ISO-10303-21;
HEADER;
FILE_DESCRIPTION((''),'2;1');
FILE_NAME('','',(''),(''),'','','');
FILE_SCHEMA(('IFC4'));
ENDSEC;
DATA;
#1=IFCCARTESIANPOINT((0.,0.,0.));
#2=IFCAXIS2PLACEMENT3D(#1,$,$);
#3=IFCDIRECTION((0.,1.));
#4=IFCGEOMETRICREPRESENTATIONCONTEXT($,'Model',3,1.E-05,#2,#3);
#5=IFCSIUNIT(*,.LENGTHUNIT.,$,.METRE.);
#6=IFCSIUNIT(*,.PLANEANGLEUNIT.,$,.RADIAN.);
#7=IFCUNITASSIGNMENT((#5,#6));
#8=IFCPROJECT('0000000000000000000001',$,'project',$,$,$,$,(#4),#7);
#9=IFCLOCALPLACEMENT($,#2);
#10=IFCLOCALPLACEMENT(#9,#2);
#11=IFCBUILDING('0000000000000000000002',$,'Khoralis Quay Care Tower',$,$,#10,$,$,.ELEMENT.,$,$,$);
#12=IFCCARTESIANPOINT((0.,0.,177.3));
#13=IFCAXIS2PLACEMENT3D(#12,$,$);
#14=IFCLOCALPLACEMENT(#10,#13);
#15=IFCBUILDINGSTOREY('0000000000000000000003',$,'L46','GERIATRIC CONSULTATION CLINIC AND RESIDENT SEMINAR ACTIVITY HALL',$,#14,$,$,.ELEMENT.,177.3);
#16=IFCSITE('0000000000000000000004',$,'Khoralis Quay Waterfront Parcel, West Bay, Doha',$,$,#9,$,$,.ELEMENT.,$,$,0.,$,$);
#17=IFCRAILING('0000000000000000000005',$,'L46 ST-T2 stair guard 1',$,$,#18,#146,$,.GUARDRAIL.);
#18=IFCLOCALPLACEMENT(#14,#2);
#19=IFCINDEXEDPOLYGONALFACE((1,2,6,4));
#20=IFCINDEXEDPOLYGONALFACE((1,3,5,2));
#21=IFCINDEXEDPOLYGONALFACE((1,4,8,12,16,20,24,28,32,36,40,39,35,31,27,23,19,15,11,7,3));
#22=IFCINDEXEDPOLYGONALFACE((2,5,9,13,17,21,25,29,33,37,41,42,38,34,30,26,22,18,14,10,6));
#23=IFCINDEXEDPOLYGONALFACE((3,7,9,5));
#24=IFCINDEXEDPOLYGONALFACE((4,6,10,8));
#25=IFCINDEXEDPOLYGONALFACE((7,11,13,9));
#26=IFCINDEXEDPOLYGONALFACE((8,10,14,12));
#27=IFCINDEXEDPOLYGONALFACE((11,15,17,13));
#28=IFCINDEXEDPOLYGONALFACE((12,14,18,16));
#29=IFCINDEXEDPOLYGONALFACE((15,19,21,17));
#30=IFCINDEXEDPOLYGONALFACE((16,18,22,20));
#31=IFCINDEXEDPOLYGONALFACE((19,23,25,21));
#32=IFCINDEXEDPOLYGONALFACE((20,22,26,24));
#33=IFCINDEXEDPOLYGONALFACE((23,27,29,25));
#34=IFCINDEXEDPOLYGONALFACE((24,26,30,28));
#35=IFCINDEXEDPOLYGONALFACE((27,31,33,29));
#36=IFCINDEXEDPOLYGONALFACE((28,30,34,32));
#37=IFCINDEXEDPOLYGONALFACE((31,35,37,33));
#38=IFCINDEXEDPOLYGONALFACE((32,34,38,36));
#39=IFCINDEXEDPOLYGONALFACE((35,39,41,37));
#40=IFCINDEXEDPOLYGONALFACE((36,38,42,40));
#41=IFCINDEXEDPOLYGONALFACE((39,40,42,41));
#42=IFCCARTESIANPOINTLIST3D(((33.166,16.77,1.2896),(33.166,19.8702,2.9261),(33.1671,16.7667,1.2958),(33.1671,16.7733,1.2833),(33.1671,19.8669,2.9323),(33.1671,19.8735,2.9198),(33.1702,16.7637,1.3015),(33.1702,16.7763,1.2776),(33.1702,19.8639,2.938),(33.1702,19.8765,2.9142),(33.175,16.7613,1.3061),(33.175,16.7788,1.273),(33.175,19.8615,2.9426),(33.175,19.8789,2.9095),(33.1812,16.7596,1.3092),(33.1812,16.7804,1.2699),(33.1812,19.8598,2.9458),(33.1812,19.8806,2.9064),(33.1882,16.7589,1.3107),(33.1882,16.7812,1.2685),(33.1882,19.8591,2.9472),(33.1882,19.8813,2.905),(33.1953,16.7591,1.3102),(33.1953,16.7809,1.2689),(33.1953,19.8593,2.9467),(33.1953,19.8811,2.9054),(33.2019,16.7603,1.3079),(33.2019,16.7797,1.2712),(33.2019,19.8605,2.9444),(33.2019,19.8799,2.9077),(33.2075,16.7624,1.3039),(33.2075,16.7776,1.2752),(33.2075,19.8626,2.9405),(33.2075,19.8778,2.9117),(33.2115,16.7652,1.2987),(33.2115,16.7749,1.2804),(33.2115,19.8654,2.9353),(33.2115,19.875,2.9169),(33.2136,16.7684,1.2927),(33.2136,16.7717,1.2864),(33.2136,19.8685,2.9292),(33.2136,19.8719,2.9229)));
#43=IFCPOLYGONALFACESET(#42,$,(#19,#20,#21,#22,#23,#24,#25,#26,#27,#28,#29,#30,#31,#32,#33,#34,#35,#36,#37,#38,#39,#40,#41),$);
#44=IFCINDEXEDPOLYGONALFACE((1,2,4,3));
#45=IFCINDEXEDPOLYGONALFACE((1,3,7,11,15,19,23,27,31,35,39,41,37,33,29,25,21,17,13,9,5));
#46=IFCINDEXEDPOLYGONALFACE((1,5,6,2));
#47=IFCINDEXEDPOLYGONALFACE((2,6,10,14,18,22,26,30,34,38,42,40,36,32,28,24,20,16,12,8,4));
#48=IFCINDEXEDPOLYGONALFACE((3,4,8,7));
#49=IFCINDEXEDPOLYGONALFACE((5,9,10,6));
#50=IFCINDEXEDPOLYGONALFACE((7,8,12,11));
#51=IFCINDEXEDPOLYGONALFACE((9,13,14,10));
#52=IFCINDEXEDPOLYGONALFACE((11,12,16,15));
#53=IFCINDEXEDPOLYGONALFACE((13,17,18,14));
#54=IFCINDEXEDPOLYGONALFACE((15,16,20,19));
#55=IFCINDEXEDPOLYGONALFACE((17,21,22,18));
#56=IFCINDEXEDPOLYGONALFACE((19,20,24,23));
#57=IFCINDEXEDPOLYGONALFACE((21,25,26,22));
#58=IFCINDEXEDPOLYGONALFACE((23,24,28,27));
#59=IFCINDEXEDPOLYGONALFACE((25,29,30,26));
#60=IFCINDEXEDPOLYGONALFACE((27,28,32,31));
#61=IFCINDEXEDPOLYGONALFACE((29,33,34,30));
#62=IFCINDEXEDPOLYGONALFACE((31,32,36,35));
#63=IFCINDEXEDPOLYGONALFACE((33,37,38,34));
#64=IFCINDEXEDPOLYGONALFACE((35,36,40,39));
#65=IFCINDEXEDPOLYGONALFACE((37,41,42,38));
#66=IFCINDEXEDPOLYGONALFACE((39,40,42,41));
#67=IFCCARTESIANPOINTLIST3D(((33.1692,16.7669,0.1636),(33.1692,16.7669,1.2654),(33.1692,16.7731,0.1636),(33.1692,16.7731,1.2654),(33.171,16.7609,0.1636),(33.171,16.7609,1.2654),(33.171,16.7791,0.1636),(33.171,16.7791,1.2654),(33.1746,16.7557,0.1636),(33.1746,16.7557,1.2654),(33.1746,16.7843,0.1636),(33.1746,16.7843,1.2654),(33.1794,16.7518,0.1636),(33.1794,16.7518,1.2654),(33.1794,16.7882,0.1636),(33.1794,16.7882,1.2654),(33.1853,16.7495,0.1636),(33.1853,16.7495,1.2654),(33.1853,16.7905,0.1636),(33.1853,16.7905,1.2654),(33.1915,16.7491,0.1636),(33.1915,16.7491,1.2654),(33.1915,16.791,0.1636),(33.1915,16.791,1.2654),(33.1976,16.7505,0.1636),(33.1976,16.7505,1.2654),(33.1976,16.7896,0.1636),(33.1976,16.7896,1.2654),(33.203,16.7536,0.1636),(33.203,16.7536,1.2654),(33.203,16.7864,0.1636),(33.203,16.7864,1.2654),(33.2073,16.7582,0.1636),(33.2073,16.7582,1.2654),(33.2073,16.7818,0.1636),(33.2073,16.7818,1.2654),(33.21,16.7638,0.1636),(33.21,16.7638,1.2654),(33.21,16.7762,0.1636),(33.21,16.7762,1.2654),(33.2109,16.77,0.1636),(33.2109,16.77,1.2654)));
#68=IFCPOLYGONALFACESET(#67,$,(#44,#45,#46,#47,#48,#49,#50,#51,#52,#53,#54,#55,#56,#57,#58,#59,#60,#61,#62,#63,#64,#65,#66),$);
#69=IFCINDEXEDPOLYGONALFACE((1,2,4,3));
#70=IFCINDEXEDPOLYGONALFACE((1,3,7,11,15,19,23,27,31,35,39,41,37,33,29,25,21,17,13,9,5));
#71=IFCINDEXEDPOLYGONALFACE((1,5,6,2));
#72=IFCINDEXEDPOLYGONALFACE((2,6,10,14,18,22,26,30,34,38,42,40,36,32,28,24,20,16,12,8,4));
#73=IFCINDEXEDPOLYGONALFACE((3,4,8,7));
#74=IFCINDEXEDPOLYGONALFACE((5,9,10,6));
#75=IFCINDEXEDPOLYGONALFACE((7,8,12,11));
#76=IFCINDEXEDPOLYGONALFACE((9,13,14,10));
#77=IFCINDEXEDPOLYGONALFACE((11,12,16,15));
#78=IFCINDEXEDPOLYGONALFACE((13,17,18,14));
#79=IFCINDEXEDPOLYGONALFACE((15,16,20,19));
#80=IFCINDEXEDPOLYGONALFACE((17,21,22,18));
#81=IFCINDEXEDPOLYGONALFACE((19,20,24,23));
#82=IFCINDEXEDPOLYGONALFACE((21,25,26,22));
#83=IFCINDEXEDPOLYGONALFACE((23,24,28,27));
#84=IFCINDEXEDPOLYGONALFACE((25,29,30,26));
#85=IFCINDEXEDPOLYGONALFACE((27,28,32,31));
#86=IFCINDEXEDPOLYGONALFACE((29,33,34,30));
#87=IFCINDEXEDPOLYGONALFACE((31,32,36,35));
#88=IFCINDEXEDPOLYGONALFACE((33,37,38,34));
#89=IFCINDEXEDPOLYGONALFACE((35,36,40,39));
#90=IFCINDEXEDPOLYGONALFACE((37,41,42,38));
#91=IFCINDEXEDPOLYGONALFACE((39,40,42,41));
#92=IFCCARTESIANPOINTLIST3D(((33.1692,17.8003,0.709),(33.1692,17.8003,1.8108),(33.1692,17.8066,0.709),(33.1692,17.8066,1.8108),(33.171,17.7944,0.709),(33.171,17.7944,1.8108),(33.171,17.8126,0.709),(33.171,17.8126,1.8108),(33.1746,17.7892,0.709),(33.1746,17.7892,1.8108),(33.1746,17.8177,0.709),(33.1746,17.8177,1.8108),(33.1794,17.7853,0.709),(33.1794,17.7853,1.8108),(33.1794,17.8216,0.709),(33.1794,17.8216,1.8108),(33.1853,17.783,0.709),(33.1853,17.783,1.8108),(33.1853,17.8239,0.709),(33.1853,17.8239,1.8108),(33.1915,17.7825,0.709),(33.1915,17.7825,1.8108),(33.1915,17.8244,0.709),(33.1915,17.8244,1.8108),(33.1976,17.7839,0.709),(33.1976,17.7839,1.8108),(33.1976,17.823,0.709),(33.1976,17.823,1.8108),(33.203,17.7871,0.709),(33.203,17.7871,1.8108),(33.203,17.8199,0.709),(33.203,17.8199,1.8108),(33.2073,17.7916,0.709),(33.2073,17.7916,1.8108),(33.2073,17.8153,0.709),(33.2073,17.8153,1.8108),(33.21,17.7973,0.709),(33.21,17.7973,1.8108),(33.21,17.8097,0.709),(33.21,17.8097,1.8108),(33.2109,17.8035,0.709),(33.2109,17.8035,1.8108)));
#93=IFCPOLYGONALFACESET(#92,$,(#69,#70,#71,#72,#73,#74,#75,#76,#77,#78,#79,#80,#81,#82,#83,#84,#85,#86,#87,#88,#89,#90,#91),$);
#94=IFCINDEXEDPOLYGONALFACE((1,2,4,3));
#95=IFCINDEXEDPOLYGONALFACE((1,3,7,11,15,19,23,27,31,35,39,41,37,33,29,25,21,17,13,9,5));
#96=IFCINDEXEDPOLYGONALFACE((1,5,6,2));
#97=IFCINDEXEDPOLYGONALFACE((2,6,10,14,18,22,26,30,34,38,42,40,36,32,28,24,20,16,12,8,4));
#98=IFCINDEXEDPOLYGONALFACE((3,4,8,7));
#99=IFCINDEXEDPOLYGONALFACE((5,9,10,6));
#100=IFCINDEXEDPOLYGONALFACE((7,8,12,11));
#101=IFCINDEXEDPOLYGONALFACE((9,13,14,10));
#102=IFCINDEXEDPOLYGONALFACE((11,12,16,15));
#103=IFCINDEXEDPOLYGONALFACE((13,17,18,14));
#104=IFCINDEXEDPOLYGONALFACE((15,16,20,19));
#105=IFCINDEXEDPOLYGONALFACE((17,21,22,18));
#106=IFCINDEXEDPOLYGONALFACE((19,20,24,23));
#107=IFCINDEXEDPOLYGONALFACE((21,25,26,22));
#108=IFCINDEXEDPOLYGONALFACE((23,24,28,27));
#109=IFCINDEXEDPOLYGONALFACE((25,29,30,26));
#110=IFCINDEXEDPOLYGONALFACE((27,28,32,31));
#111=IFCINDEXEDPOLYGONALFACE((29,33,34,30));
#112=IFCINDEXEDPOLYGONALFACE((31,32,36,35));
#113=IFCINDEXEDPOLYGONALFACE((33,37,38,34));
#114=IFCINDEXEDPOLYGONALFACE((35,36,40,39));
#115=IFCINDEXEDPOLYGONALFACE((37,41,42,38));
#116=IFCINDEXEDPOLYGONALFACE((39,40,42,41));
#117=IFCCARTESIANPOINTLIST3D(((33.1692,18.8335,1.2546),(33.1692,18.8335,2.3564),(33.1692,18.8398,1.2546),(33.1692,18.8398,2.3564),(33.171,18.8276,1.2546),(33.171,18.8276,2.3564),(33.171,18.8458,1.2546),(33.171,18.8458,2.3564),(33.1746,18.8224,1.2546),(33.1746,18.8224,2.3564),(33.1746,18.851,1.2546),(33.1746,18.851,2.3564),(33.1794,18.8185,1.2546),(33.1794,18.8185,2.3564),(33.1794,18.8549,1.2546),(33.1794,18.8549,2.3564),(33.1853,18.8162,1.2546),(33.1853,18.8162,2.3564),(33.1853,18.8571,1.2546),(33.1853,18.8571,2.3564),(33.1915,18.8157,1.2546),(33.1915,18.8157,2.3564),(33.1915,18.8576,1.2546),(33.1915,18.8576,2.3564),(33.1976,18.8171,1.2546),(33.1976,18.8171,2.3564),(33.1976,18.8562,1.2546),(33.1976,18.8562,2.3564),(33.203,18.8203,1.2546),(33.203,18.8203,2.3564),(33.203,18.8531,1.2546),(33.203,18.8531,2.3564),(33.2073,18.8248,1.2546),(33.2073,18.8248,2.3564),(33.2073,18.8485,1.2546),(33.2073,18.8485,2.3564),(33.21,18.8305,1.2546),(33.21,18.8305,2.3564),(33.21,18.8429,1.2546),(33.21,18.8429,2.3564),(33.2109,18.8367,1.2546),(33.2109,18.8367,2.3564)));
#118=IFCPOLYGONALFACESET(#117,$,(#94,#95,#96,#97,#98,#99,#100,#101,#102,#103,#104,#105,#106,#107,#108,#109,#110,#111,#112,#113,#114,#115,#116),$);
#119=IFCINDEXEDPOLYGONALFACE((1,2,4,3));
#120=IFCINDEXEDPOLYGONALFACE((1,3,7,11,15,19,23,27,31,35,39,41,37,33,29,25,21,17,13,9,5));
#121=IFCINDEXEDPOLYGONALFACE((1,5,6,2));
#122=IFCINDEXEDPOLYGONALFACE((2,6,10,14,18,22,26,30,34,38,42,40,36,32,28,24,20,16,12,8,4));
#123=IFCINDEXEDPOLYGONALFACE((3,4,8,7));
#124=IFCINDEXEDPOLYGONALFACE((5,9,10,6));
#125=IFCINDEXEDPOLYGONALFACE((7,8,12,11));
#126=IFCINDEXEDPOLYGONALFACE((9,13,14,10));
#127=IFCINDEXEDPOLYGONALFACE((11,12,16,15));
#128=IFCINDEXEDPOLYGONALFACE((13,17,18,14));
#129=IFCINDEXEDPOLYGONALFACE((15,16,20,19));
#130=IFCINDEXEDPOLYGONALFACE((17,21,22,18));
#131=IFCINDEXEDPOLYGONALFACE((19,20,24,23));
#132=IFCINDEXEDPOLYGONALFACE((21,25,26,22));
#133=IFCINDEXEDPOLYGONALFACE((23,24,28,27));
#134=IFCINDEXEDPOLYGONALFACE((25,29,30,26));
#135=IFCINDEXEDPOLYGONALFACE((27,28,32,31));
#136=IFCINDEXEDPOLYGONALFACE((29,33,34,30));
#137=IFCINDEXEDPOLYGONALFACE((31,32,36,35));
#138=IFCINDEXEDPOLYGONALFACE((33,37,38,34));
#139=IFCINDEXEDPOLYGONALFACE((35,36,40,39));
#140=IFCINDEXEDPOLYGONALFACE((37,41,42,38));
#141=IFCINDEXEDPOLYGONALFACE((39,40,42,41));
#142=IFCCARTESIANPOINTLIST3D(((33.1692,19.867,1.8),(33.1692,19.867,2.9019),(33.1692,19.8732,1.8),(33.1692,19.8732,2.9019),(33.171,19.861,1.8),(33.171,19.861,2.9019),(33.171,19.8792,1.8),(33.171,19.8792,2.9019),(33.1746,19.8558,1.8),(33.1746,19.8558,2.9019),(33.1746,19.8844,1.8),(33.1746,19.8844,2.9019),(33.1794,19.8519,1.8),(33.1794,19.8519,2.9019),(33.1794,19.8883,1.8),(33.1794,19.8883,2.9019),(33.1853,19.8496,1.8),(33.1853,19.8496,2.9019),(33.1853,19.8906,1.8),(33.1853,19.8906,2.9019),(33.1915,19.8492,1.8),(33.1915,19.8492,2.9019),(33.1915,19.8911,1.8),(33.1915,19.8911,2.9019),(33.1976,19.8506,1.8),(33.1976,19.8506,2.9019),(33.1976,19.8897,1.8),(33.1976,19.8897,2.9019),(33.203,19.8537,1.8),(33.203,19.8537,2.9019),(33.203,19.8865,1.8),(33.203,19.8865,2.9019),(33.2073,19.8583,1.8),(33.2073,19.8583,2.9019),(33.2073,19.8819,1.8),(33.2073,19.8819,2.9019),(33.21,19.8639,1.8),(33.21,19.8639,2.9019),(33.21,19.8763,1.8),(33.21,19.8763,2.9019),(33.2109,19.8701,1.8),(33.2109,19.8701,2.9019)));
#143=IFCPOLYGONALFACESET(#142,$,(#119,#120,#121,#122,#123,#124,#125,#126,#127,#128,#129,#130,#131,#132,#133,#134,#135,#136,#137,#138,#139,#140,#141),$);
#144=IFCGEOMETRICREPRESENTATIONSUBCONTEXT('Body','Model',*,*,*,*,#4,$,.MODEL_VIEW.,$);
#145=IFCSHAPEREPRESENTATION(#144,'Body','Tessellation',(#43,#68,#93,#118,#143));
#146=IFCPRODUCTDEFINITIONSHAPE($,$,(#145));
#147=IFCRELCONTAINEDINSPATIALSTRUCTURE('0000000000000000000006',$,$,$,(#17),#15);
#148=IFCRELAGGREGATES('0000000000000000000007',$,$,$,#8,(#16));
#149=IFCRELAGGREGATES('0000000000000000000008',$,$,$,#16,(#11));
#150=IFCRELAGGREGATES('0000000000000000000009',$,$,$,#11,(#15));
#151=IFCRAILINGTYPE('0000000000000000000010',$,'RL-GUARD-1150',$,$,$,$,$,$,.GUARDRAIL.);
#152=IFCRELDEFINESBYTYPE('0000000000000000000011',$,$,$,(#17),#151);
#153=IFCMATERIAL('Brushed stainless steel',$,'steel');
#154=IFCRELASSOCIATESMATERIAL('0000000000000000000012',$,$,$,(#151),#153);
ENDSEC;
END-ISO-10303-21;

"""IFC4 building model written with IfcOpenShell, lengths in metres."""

from ifc_helpers import new_model, si_unit, direction, frame, origin, origin_2d, place, context, subcontext, project, spatial, circle, extrude, material, type_object, element, save


model = new_model("IFC4")

# Units and contexts
model_context = context("Model", 3, precision=1e-05, world=origin(), true_north=direction((0.0, 1.0)))
body_context = subcontext(model_context, "Body", "Model", "MODEL_VIEW")
ifc_project = project(units=[si_unit("LENGTHUNIT", "METRE"), si_unit("PLANEANGLEUNIT", "RADIAN")], contexts=[model_context])

# Site, building, storey
site_placement = place(None, origin())
site = spatial("IfcSite", under=ifc_project, at=site_placement, Name="Khoralis Quay Waterfront Parcel, West Bay, Doha", CompositionType="ELEMENT", RefElevation=0.0)
building_placement = place(site_placement, origin())
building = spatial("IfcBuilding", under=site, at=building_placement, Name="Khoralis Quay Care Tower", CompositionType="ELEMENT")
storey_placement = place(building_placement, frame((0.0, 0.0, 177.3)))
storey = spatial("IfcBuildingStorey", under=building, at=storey_placement, Name="L46", Description="GERIATRIC CONSULTATION CLINIC AND RESIDENT SEMINAR ACTIVITY HALL", CompositionType="ELEMENT", Elevation=177.3)

# Shared definitions
ifc_material_1 = material(Name="Brushed stainless steel", Category="steel")

# Railing
railing_type_1 = type_object("IfcRailingType", Name="RL-GUARD-1150", PredefinedType="GUARDRAIL", material=ifc_material_1)
railing_1_placement = place(storey_placement, frame((33.1899, 16.77, 0.1636)))
element("IfcRailing", 1, at=railing_1_placement, inside=storey, type_object=railing_type_1, Name="L46 ST-T2 stair guard 1", PredefinedType="GUARDRAIL", context=body_context, shape_type="SweptSolid", body=[
    extrude(circle(Radius=0.0239, at=origin_2d()), frame((0.0, 0.0, 1.126), z_axis=(0.0, 0.884348, 0.466828), x_axis=(-1.0, 0.0, 0.0)), (0.0, 0.0, 1.0), 3.5056),
    extrude(circle(Radius=0.021, at=origin_2d()), origin(), (0.0, 0.0, 1.0), 1.1018),
    extrude(circle(Radius=0.021, at=origin_2d()), frame((0.0, 1.0334, 0.5454)), (0.0, 0.0, 1.0), 1.1018),
    extrude(circle(Radius=0.021, at=origin_2d()), frame((0.0, 2.0667, 1.0911)), (0.0, 0.0, 1.0), 1.1018),
    extrude(circle(Radius=0.021, at=origin_2d()), frame((0.0, 3.1001, 1.6365)), (0.0, 0.0, 1.0), 1.1018),
])

save(model, "model.ifc")
